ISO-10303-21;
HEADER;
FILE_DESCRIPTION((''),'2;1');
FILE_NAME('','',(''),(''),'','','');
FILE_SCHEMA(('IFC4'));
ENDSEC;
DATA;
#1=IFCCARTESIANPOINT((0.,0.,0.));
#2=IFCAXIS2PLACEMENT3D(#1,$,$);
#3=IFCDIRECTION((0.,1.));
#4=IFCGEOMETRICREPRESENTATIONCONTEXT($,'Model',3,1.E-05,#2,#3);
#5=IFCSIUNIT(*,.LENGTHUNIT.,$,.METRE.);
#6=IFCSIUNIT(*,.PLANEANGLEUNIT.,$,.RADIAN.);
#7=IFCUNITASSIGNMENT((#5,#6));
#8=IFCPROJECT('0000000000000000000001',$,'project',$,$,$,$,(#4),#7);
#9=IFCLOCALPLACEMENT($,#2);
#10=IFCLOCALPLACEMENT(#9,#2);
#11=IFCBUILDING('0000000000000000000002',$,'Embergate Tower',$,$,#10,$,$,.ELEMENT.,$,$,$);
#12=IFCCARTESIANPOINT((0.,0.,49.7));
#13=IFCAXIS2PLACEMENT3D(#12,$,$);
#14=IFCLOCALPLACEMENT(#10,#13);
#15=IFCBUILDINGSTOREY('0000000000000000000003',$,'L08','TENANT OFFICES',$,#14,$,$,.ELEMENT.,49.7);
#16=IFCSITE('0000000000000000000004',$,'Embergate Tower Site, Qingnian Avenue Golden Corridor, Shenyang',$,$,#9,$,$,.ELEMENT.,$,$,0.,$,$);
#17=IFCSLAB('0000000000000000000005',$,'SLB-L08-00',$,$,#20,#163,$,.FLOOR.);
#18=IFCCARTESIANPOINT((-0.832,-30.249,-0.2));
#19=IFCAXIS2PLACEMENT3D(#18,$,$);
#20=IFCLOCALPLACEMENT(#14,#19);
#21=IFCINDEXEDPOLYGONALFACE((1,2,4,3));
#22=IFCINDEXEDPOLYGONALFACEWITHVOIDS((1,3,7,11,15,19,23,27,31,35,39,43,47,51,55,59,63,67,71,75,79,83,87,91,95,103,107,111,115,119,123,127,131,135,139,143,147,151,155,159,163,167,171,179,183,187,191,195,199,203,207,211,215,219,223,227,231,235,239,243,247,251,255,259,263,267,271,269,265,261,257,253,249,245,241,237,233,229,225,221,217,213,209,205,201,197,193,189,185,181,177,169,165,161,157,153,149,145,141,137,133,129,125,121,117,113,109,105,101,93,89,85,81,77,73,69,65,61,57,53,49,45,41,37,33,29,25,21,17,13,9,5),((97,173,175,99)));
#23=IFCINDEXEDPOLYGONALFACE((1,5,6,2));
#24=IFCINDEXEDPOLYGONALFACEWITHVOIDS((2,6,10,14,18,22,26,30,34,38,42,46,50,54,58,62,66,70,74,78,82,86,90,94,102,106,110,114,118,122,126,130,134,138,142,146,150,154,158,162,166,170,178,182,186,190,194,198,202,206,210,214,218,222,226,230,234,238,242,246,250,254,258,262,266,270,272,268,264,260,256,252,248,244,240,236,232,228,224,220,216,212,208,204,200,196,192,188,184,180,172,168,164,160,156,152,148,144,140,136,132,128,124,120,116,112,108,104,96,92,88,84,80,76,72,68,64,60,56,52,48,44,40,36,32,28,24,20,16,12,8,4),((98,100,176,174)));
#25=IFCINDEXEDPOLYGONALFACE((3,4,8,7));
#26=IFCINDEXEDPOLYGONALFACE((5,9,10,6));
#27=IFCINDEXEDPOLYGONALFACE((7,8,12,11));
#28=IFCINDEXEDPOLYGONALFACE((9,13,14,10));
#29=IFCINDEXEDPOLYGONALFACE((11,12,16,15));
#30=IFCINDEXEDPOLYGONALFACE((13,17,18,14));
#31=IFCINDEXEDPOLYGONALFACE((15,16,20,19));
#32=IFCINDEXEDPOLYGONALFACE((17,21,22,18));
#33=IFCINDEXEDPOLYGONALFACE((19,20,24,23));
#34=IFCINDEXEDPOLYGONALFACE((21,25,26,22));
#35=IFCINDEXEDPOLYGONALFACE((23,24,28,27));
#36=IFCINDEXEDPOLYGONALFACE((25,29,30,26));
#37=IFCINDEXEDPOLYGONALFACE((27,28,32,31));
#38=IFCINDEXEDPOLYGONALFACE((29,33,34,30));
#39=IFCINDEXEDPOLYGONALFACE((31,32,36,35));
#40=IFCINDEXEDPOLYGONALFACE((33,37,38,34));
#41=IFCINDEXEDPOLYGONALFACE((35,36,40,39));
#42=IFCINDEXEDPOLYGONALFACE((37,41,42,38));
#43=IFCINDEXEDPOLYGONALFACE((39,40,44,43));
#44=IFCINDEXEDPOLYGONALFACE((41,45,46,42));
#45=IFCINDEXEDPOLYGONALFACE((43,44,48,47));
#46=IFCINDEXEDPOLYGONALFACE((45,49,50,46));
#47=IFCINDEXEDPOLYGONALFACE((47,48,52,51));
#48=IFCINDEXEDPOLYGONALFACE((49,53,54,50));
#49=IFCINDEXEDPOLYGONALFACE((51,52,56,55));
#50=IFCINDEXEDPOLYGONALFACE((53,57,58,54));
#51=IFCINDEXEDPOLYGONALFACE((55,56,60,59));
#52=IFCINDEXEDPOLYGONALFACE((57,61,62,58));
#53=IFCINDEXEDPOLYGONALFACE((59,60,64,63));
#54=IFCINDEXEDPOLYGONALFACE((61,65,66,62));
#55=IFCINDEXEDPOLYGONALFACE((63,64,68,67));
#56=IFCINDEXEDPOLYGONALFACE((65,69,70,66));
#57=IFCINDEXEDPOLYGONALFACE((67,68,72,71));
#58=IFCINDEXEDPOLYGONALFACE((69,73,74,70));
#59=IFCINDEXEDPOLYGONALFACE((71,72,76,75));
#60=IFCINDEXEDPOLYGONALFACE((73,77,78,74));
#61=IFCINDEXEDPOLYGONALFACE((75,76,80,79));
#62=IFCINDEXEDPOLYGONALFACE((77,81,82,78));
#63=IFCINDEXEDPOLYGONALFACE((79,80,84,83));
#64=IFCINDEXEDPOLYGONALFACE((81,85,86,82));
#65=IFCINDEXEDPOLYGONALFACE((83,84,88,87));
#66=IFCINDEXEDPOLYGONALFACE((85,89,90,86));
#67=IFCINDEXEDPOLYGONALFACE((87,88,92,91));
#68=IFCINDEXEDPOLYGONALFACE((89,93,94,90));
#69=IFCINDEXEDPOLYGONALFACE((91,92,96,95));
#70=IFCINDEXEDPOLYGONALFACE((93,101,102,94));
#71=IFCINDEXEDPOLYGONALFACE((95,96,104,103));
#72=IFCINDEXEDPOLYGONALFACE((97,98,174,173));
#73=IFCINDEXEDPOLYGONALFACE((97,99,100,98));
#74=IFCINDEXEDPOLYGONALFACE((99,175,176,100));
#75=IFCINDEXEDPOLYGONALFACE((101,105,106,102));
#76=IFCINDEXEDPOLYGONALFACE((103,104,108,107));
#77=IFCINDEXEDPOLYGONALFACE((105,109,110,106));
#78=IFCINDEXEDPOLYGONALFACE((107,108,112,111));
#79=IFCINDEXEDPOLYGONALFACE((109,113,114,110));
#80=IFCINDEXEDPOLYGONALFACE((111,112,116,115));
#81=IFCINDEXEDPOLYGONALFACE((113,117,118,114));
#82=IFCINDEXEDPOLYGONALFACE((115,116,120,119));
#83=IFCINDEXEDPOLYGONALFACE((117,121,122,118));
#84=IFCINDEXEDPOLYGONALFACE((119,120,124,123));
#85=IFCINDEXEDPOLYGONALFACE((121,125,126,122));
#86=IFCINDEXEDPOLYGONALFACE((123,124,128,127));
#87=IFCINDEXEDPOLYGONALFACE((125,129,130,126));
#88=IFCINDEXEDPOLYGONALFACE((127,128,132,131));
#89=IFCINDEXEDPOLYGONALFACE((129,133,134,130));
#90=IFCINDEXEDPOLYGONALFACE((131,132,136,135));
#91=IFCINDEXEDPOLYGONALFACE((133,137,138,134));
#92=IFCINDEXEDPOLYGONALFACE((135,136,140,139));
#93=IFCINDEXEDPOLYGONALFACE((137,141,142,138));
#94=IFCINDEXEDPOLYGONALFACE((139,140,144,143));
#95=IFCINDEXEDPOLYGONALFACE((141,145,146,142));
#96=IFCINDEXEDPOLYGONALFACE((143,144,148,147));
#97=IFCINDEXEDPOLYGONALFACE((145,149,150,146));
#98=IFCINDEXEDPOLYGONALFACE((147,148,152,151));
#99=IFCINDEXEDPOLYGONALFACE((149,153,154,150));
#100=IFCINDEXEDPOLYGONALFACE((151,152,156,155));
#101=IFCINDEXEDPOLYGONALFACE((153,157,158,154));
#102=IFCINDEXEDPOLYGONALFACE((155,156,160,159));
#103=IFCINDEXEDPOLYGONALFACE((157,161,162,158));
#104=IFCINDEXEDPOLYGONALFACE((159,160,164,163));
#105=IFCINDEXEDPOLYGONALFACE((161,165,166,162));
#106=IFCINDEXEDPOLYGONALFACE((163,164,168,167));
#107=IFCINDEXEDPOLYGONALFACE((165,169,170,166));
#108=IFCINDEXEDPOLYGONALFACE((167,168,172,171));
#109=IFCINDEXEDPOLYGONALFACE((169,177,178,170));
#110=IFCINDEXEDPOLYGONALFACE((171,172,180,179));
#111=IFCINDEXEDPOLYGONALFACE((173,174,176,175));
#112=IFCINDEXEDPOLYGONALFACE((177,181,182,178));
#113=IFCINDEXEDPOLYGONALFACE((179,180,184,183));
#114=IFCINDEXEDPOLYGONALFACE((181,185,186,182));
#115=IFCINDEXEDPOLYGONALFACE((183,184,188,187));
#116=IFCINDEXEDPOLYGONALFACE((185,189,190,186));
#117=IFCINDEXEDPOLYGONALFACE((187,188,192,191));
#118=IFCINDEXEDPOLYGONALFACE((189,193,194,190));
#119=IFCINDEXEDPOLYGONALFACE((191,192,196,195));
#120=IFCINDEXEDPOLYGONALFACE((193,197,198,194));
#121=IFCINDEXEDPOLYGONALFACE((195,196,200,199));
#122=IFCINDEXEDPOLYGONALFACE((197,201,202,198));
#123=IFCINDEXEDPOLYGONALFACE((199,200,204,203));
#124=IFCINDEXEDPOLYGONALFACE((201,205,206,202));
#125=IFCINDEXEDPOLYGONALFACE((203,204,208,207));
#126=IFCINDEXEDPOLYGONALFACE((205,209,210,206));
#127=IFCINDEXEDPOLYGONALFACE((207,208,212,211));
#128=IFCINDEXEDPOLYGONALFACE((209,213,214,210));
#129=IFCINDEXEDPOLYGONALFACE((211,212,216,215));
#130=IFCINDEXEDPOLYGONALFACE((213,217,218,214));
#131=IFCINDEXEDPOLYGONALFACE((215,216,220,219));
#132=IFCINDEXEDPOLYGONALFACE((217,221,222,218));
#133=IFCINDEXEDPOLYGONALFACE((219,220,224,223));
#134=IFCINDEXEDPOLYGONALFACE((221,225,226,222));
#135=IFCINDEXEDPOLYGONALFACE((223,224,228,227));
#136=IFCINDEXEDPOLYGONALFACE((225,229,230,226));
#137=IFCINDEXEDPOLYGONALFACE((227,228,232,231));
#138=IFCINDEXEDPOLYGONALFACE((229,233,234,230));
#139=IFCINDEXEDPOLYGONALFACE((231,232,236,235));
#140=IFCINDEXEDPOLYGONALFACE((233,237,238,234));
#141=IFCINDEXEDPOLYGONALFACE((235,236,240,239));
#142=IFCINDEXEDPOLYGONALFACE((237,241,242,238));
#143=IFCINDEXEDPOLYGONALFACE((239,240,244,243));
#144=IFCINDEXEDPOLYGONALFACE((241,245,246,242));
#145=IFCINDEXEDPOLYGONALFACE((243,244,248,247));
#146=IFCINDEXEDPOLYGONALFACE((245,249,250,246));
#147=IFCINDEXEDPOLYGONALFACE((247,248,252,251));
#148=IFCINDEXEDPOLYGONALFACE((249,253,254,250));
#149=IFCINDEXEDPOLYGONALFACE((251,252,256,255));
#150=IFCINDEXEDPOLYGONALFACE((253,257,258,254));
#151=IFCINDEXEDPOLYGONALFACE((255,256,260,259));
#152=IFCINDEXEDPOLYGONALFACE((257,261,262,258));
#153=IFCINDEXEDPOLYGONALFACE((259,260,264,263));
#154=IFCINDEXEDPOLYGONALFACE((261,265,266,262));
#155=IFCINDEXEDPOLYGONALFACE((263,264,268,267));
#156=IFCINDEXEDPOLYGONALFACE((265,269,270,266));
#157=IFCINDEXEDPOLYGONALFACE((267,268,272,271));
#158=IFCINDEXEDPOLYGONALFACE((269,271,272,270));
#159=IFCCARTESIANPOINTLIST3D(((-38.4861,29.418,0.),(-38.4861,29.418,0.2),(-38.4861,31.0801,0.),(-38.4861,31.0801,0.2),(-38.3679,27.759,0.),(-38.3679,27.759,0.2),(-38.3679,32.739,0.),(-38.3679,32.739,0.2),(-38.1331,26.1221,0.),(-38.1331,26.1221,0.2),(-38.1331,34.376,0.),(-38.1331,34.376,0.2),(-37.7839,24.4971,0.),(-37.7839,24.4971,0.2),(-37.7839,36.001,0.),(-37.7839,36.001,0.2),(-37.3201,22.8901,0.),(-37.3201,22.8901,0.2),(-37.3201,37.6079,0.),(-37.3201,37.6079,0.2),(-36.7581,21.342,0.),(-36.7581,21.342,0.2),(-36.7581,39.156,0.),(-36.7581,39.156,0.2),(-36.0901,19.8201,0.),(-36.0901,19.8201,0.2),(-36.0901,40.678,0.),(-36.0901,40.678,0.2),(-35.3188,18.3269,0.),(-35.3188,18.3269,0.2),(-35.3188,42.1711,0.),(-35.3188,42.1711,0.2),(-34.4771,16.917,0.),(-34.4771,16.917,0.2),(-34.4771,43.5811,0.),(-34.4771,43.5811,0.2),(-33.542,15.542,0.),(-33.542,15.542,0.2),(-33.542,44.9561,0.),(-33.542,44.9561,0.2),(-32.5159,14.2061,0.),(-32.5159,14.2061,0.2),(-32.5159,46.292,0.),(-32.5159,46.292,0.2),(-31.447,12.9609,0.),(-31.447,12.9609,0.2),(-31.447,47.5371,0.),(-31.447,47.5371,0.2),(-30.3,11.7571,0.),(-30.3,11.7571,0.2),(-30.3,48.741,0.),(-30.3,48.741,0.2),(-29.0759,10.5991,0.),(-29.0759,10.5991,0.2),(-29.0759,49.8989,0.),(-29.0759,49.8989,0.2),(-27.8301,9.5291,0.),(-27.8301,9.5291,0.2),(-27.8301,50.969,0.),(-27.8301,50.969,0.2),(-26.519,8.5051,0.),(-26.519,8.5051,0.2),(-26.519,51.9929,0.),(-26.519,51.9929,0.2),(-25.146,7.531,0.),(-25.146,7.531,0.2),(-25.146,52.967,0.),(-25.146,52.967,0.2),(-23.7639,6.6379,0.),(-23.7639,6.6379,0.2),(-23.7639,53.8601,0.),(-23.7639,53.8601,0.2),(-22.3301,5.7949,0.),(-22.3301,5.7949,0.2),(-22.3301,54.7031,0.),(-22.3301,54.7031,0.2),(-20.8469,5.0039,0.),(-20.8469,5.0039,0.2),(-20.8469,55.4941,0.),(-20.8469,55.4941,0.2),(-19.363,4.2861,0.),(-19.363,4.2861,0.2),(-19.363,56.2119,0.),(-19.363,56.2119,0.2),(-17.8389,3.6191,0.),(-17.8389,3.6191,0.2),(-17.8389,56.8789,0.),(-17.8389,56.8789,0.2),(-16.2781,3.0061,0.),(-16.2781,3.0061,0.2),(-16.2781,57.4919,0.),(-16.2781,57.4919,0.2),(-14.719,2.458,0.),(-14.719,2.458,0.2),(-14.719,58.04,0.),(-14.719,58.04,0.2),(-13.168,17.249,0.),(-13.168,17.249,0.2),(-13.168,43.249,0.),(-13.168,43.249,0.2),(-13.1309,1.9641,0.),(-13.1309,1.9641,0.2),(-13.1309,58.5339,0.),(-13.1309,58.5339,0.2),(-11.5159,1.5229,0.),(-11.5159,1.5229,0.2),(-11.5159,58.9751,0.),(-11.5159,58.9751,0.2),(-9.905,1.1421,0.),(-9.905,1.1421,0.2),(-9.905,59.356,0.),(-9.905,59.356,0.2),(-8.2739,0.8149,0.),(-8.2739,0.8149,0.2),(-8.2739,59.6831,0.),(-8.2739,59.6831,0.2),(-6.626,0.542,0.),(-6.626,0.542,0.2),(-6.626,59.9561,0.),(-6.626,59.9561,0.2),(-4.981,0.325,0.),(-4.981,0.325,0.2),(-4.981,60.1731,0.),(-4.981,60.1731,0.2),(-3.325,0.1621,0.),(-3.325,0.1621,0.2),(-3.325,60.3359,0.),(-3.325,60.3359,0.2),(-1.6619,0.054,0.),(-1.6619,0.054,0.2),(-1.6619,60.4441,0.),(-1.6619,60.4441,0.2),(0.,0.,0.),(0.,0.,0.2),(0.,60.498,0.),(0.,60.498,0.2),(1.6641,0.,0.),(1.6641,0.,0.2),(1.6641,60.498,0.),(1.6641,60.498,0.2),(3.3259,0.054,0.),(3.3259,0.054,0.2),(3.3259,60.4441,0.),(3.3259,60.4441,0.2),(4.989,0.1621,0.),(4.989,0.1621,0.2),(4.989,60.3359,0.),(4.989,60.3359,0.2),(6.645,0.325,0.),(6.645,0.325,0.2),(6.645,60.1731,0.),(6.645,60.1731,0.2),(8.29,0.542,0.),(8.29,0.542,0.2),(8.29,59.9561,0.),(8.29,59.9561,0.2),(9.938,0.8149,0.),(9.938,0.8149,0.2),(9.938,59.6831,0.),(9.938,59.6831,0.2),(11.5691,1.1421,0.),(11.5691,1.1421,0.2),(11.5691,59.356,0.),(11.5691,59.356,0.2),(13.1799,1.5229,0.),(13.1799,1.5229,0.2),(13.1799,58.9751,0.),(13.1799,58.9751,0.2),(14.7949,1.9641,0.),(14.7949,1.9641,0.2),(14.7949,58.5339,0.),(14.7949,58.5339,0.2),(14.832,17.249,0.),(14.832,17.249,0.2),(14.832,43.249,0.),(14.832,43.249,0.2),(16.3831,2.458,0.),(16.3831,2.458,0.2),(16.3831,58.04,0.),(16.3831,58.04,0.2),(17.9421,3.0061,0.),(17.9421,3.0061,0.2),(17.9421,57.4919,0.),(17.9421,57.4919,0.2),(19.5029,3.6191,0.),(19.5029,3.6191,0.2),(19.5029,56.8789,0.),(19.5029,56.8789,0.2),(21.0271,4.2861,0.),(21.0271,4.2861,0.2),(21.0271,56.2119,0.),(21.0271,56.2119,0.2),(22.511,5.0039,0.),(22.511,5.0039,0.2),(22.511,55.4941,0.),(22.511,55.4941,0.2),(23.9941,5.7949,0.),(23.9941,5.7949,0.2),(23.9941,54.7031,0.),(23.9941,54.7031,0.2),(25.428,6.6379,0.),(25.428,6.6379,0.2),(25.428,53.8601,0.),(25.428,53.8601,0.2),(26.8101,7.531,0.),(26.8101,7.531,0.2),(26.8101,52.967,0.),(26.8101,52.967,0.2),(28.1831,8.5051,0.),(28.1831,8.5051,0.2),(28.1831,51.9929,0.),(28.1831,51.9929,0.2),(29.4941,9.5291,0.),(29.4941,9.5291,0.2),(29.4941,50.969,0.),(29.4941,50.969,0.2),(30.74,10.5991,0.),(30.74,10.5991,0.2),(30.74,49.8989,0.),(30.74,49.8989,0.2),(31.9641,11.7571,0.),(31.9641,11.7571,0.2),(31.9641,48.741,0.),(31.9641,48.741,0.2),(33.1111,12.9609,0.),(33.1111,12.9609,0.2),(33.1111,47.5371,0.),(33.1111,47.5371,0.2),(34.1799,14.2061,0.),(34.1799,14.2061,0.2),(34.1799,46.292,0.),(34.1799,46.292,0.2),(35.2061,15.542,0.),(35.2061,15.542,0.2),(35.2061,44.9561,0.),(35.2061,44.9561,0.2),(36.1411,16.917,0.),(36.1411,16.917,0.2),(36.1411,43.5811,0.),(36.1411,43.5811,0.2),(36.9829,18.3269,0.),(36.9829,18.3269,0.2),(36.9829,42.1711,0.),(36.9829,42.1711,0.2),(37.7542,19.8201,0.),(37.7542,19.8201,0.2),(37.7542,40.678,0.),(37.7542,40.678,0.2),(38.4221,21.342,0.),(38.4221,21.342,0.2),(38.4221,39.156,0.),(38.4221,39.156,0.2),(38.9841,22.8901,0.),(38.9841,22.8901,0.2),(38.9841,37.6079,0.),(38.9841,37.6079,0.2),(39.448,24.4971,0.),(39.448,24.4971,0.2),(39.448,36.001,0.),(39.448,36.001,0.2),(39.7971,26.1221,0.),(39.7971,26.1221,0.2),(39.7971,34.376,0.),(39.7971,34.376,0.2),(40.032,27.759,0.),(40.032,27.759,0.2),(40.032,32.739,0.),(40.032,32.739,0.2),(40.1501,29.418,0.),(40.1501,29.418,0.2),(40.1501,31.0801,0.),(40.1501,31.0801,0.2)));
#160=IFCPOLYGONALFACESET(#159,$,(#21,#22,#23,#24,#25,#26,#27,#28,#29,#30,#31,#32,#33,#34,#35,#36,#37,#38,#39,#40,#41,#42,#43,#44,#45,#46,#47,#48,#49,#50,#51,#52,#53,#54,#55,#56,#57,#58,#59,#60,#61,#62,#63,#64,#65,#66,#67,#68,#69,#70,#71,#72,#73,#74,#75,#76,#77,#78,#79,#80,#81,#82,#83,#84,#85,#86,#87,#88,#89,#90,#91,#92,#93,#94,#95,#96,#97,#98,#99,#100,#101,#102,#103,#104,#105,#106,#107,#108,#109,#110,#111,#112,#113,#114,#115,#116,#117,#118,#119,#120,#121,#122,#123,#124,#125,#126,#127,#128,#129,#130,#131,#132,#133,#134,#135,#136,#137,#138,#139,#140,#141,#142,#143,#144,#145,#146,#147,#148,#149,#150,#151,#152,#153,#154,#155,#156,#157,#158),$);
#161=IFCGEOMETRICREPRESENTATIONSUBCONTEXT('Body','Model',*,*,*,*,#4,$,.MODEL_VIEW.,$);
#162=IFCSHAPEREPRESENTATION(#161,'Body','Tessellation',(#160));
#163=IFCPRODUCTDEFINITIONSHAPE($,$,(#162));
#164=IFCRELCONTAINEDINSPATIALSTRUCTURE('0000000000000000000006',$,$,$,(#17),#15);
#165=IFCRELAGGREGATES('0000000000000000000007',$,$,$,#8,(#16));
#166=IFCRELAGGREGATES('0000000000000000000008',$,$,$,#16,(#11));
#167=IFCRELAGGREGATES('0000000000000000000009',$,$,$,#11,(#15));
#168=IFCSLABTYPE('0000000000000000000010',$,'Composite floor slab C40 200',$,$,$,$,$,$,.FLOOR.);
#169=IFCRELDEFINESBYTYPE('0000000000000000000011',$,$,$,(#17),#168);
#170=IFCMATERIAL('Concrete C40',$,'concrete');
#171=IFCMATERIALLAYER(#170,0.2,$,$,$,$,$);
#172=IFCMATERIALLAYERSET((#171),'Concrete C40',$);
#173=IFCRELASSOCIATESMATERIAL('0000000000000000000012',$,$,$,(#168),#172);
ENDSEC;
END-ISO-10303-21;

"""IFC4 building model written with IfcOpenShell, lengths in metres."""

from ifc_helpers import new_model, si_unit, direction, frame, origin, place, context, subcontext, project, spatial, polyline, outline, extrude, source, transform, mapped, material, layer, layer_set, type_object, element, save


model = new_model("IFC4")

# Units and contexts
model_context = context("Model", 3, precision=1e-05, world=origin(), true_north=direction((0.0, 1.0)))
body_context = subcontext(model_context, "Body", "Model", "MODEL_VIEW")
ifc_project = project(units=[si_unit("LENGTHUNIT", "METRE"), si_unit("PLANEANGLEUNIT", "RADIAN")], contexts=[model_context])

# Site, building, storey
site_placement = place(None, origin())
site = spatial("IfcSite", under=ifc_project, at=site_placement, Name="Embergate Tower Site, Qingnian Avenue Golden Corridor, Shenyang", CompositionType="ELEMENT", RefElevation=0.0)
building_placement = place(site_placement, origin())
building = spatial("IfcBuilding", under=site, at=building_placement, Name="Embergate Tower", CompositionType="ELEMENT")
storey_placement = place(building_placement, frame((0.0, 0.0, 49.7)))
storey = spatial("IfcBuildingStorey", under=building, at=storey_placement, Name="L08", Description="TENANT OFFICES", CompositionType="ELEMENT", Elevation=49.7)

# Slab
ifc_material_1 = material(Name="Concrete C40", Category="concrete")
ifc_layer_1 = layer(ifc_material_1, 0.2)
ifc_layer_set_1 = layer_set([ifc_layer_1], Name="Concrete C40")
slab_type = type_object("IfcSlabType", Name="Composite floor slab C40 200", PredefinedType="FLOOR", material=ifc_layer_set_1)
shared_shape_1 = source(origin(), body_context, "Body", "SweptSolid", [
    extrude(outline(polyline([(0.0, 0.0), (1.6641, 0.0), (3.3259, 0.054), (4.989, 0.1621), (6.645, 0.325), (8.29, 0.542), (9.938, 0.8149), (11.5691, 1.1421), (13.1799, 1.5229), (14.7949, 1.9641), (16.3831, 2.458), (17.9421, 3.0061), (19.5029, 3.6191), (21.0271, 4.2861), (22.511, 5.0039), (23.9941, 5.7949), (25.428, 6.6379), (26.8101, 7.531), (28.1831, 8.5051), (29.4941, 9.5291), (30.74, 10.5991), (31.9641, 11.7571), (33.1111, 12.9609), (34.1799, 14.2061), (35.2061, 15.542), (36.1411, 16.917), (36.9829, 18.3269), (37.7542, 19.8201), (38.4221, 21.342), (38.9841, 22.8901), (39.448, 24.4971), (39.7971, 26.1221), (40.032, 27.759), (40.1501, 29.418), (40.1501, 31.0801), (40.032, 32.739), (39.7971, 34.376), (39.448, 36.001), (38.9841, 37.6079), (38.4221, 39.156), (37.7542, 40.678), (36.9829, 42.1711), (36.1411, 43.5811), (35.2061, 44.9561), (34.1799, 46.292), (33.1111, 47.5371), (31.9641, 48.741), (30.74, 49.8989), (29.4941, 50.969), (28.1831, 51.9929), (26.8101, 52.967), (25.428, 53.8601), (23.9941, 54.7031), (22.511, 55.4941), (21.0271, 56.2119), (19.5029, 56.8789), (17.9421, 57.4919), (16.3831, 58.04), (14.7949, 58.5339), (13.1799, 58.9751), (11.5691, 59.356), (9.938, 59.6831), (8.29, 59.9561), (6.645, 60.1731), (4.989, 60.3359), (3.3259, 60.4441), (1.6641, 60.498), (0.0, 60.498), (-1.6619, 60.4441), (-3.325, 60.3359), (-4.981, 60.1731), (-6.626, 59.9561), (-8.2739, 59.6831), (-9.905, 59.356), (-11.5159, 58.9751), (-13.1309, 58.5339), (-14.719, 58.04), (-16.2781, 57.4919), (-17.8389, 56.8789), (-19.363, 56.2119), (-20.8469, 55.4941), (-22.3301, 54.7031), (-23.7639, 53.8601), (-25.146, 52.967), (-26.519, 51.9929), (-27.8301, 50.969), (-29.0759, 49.8989), (-30.3, 48.741), (-31.447, 47.5371), (-32.5159, 46.292), (-33.542, 44.9561), (-34.4771, 43.5811), (-35.3188, 42.1711), (-36.0901, 40.678), (-36.7581, 39.156), (-37.3201, 37.6079), (-37.7839, 36.001), (-38.1331, 34.376), (-38.3679, 32.739), (-38.4861, 31.0801), (-38.4861, 29.418), (-38.3679, 27.759), (-38.1331, 26.1221), (-37.7839, 24.4971), (-37.3201, 22.8901), (-36.7581, 21.342), (-36.0901, 19.8201), (-35.3188, 18.3269), (-34.4771, 16.917), (-33.542, 15.542), (-32.5159, 14.2061), (-31.447, 12.9609), (-30.3, 11.7571), (-29.0759, 10.5991), (-27.8301, 9.5291), (-26.519, 8.5051), (-25.146, 7.531), (-23.7639, 6.6379), (-22.3301, 5.7949), (-20.8469, 5.0039), (-19.363, 4.2861), (-17.8389, 3.6191), (-16.2781, 3.0061), (-14.719, 2.458), (-13.1309, 1.9641), (-11.5159, 1.5229), (-9.905, 1.1421), (-8.2739, 0.8149), (-6.626, 0.542), (-4.981, 0.325), (-3.325, 0.1621), (-1.6619, 0.054), (0.0, 0.0)]), holes=[polyline([(-13.168, 17.249), (-13.168, 43.249), (14.832, 43.249), (14.832, 17.249), (-13.168, 17.249)])]), origin(), (0.0, 0.0, 1.0), 0.2),
])
slab_placement = place(storey_placement, frame((-0.832, -30.249, -0.2)))
element("IfcSlab", 1, at=slab_placement, inside=storey, type_object=slab_type, Name="SLB-L08-00", PredefinedType="FLOOR", context=body_context, shape_type="MappedRepresentation", body=[
    mapped(shared_shape_1, transform((0.0, 0.0, 0.0))),
])

save(model, "model.ifc")
